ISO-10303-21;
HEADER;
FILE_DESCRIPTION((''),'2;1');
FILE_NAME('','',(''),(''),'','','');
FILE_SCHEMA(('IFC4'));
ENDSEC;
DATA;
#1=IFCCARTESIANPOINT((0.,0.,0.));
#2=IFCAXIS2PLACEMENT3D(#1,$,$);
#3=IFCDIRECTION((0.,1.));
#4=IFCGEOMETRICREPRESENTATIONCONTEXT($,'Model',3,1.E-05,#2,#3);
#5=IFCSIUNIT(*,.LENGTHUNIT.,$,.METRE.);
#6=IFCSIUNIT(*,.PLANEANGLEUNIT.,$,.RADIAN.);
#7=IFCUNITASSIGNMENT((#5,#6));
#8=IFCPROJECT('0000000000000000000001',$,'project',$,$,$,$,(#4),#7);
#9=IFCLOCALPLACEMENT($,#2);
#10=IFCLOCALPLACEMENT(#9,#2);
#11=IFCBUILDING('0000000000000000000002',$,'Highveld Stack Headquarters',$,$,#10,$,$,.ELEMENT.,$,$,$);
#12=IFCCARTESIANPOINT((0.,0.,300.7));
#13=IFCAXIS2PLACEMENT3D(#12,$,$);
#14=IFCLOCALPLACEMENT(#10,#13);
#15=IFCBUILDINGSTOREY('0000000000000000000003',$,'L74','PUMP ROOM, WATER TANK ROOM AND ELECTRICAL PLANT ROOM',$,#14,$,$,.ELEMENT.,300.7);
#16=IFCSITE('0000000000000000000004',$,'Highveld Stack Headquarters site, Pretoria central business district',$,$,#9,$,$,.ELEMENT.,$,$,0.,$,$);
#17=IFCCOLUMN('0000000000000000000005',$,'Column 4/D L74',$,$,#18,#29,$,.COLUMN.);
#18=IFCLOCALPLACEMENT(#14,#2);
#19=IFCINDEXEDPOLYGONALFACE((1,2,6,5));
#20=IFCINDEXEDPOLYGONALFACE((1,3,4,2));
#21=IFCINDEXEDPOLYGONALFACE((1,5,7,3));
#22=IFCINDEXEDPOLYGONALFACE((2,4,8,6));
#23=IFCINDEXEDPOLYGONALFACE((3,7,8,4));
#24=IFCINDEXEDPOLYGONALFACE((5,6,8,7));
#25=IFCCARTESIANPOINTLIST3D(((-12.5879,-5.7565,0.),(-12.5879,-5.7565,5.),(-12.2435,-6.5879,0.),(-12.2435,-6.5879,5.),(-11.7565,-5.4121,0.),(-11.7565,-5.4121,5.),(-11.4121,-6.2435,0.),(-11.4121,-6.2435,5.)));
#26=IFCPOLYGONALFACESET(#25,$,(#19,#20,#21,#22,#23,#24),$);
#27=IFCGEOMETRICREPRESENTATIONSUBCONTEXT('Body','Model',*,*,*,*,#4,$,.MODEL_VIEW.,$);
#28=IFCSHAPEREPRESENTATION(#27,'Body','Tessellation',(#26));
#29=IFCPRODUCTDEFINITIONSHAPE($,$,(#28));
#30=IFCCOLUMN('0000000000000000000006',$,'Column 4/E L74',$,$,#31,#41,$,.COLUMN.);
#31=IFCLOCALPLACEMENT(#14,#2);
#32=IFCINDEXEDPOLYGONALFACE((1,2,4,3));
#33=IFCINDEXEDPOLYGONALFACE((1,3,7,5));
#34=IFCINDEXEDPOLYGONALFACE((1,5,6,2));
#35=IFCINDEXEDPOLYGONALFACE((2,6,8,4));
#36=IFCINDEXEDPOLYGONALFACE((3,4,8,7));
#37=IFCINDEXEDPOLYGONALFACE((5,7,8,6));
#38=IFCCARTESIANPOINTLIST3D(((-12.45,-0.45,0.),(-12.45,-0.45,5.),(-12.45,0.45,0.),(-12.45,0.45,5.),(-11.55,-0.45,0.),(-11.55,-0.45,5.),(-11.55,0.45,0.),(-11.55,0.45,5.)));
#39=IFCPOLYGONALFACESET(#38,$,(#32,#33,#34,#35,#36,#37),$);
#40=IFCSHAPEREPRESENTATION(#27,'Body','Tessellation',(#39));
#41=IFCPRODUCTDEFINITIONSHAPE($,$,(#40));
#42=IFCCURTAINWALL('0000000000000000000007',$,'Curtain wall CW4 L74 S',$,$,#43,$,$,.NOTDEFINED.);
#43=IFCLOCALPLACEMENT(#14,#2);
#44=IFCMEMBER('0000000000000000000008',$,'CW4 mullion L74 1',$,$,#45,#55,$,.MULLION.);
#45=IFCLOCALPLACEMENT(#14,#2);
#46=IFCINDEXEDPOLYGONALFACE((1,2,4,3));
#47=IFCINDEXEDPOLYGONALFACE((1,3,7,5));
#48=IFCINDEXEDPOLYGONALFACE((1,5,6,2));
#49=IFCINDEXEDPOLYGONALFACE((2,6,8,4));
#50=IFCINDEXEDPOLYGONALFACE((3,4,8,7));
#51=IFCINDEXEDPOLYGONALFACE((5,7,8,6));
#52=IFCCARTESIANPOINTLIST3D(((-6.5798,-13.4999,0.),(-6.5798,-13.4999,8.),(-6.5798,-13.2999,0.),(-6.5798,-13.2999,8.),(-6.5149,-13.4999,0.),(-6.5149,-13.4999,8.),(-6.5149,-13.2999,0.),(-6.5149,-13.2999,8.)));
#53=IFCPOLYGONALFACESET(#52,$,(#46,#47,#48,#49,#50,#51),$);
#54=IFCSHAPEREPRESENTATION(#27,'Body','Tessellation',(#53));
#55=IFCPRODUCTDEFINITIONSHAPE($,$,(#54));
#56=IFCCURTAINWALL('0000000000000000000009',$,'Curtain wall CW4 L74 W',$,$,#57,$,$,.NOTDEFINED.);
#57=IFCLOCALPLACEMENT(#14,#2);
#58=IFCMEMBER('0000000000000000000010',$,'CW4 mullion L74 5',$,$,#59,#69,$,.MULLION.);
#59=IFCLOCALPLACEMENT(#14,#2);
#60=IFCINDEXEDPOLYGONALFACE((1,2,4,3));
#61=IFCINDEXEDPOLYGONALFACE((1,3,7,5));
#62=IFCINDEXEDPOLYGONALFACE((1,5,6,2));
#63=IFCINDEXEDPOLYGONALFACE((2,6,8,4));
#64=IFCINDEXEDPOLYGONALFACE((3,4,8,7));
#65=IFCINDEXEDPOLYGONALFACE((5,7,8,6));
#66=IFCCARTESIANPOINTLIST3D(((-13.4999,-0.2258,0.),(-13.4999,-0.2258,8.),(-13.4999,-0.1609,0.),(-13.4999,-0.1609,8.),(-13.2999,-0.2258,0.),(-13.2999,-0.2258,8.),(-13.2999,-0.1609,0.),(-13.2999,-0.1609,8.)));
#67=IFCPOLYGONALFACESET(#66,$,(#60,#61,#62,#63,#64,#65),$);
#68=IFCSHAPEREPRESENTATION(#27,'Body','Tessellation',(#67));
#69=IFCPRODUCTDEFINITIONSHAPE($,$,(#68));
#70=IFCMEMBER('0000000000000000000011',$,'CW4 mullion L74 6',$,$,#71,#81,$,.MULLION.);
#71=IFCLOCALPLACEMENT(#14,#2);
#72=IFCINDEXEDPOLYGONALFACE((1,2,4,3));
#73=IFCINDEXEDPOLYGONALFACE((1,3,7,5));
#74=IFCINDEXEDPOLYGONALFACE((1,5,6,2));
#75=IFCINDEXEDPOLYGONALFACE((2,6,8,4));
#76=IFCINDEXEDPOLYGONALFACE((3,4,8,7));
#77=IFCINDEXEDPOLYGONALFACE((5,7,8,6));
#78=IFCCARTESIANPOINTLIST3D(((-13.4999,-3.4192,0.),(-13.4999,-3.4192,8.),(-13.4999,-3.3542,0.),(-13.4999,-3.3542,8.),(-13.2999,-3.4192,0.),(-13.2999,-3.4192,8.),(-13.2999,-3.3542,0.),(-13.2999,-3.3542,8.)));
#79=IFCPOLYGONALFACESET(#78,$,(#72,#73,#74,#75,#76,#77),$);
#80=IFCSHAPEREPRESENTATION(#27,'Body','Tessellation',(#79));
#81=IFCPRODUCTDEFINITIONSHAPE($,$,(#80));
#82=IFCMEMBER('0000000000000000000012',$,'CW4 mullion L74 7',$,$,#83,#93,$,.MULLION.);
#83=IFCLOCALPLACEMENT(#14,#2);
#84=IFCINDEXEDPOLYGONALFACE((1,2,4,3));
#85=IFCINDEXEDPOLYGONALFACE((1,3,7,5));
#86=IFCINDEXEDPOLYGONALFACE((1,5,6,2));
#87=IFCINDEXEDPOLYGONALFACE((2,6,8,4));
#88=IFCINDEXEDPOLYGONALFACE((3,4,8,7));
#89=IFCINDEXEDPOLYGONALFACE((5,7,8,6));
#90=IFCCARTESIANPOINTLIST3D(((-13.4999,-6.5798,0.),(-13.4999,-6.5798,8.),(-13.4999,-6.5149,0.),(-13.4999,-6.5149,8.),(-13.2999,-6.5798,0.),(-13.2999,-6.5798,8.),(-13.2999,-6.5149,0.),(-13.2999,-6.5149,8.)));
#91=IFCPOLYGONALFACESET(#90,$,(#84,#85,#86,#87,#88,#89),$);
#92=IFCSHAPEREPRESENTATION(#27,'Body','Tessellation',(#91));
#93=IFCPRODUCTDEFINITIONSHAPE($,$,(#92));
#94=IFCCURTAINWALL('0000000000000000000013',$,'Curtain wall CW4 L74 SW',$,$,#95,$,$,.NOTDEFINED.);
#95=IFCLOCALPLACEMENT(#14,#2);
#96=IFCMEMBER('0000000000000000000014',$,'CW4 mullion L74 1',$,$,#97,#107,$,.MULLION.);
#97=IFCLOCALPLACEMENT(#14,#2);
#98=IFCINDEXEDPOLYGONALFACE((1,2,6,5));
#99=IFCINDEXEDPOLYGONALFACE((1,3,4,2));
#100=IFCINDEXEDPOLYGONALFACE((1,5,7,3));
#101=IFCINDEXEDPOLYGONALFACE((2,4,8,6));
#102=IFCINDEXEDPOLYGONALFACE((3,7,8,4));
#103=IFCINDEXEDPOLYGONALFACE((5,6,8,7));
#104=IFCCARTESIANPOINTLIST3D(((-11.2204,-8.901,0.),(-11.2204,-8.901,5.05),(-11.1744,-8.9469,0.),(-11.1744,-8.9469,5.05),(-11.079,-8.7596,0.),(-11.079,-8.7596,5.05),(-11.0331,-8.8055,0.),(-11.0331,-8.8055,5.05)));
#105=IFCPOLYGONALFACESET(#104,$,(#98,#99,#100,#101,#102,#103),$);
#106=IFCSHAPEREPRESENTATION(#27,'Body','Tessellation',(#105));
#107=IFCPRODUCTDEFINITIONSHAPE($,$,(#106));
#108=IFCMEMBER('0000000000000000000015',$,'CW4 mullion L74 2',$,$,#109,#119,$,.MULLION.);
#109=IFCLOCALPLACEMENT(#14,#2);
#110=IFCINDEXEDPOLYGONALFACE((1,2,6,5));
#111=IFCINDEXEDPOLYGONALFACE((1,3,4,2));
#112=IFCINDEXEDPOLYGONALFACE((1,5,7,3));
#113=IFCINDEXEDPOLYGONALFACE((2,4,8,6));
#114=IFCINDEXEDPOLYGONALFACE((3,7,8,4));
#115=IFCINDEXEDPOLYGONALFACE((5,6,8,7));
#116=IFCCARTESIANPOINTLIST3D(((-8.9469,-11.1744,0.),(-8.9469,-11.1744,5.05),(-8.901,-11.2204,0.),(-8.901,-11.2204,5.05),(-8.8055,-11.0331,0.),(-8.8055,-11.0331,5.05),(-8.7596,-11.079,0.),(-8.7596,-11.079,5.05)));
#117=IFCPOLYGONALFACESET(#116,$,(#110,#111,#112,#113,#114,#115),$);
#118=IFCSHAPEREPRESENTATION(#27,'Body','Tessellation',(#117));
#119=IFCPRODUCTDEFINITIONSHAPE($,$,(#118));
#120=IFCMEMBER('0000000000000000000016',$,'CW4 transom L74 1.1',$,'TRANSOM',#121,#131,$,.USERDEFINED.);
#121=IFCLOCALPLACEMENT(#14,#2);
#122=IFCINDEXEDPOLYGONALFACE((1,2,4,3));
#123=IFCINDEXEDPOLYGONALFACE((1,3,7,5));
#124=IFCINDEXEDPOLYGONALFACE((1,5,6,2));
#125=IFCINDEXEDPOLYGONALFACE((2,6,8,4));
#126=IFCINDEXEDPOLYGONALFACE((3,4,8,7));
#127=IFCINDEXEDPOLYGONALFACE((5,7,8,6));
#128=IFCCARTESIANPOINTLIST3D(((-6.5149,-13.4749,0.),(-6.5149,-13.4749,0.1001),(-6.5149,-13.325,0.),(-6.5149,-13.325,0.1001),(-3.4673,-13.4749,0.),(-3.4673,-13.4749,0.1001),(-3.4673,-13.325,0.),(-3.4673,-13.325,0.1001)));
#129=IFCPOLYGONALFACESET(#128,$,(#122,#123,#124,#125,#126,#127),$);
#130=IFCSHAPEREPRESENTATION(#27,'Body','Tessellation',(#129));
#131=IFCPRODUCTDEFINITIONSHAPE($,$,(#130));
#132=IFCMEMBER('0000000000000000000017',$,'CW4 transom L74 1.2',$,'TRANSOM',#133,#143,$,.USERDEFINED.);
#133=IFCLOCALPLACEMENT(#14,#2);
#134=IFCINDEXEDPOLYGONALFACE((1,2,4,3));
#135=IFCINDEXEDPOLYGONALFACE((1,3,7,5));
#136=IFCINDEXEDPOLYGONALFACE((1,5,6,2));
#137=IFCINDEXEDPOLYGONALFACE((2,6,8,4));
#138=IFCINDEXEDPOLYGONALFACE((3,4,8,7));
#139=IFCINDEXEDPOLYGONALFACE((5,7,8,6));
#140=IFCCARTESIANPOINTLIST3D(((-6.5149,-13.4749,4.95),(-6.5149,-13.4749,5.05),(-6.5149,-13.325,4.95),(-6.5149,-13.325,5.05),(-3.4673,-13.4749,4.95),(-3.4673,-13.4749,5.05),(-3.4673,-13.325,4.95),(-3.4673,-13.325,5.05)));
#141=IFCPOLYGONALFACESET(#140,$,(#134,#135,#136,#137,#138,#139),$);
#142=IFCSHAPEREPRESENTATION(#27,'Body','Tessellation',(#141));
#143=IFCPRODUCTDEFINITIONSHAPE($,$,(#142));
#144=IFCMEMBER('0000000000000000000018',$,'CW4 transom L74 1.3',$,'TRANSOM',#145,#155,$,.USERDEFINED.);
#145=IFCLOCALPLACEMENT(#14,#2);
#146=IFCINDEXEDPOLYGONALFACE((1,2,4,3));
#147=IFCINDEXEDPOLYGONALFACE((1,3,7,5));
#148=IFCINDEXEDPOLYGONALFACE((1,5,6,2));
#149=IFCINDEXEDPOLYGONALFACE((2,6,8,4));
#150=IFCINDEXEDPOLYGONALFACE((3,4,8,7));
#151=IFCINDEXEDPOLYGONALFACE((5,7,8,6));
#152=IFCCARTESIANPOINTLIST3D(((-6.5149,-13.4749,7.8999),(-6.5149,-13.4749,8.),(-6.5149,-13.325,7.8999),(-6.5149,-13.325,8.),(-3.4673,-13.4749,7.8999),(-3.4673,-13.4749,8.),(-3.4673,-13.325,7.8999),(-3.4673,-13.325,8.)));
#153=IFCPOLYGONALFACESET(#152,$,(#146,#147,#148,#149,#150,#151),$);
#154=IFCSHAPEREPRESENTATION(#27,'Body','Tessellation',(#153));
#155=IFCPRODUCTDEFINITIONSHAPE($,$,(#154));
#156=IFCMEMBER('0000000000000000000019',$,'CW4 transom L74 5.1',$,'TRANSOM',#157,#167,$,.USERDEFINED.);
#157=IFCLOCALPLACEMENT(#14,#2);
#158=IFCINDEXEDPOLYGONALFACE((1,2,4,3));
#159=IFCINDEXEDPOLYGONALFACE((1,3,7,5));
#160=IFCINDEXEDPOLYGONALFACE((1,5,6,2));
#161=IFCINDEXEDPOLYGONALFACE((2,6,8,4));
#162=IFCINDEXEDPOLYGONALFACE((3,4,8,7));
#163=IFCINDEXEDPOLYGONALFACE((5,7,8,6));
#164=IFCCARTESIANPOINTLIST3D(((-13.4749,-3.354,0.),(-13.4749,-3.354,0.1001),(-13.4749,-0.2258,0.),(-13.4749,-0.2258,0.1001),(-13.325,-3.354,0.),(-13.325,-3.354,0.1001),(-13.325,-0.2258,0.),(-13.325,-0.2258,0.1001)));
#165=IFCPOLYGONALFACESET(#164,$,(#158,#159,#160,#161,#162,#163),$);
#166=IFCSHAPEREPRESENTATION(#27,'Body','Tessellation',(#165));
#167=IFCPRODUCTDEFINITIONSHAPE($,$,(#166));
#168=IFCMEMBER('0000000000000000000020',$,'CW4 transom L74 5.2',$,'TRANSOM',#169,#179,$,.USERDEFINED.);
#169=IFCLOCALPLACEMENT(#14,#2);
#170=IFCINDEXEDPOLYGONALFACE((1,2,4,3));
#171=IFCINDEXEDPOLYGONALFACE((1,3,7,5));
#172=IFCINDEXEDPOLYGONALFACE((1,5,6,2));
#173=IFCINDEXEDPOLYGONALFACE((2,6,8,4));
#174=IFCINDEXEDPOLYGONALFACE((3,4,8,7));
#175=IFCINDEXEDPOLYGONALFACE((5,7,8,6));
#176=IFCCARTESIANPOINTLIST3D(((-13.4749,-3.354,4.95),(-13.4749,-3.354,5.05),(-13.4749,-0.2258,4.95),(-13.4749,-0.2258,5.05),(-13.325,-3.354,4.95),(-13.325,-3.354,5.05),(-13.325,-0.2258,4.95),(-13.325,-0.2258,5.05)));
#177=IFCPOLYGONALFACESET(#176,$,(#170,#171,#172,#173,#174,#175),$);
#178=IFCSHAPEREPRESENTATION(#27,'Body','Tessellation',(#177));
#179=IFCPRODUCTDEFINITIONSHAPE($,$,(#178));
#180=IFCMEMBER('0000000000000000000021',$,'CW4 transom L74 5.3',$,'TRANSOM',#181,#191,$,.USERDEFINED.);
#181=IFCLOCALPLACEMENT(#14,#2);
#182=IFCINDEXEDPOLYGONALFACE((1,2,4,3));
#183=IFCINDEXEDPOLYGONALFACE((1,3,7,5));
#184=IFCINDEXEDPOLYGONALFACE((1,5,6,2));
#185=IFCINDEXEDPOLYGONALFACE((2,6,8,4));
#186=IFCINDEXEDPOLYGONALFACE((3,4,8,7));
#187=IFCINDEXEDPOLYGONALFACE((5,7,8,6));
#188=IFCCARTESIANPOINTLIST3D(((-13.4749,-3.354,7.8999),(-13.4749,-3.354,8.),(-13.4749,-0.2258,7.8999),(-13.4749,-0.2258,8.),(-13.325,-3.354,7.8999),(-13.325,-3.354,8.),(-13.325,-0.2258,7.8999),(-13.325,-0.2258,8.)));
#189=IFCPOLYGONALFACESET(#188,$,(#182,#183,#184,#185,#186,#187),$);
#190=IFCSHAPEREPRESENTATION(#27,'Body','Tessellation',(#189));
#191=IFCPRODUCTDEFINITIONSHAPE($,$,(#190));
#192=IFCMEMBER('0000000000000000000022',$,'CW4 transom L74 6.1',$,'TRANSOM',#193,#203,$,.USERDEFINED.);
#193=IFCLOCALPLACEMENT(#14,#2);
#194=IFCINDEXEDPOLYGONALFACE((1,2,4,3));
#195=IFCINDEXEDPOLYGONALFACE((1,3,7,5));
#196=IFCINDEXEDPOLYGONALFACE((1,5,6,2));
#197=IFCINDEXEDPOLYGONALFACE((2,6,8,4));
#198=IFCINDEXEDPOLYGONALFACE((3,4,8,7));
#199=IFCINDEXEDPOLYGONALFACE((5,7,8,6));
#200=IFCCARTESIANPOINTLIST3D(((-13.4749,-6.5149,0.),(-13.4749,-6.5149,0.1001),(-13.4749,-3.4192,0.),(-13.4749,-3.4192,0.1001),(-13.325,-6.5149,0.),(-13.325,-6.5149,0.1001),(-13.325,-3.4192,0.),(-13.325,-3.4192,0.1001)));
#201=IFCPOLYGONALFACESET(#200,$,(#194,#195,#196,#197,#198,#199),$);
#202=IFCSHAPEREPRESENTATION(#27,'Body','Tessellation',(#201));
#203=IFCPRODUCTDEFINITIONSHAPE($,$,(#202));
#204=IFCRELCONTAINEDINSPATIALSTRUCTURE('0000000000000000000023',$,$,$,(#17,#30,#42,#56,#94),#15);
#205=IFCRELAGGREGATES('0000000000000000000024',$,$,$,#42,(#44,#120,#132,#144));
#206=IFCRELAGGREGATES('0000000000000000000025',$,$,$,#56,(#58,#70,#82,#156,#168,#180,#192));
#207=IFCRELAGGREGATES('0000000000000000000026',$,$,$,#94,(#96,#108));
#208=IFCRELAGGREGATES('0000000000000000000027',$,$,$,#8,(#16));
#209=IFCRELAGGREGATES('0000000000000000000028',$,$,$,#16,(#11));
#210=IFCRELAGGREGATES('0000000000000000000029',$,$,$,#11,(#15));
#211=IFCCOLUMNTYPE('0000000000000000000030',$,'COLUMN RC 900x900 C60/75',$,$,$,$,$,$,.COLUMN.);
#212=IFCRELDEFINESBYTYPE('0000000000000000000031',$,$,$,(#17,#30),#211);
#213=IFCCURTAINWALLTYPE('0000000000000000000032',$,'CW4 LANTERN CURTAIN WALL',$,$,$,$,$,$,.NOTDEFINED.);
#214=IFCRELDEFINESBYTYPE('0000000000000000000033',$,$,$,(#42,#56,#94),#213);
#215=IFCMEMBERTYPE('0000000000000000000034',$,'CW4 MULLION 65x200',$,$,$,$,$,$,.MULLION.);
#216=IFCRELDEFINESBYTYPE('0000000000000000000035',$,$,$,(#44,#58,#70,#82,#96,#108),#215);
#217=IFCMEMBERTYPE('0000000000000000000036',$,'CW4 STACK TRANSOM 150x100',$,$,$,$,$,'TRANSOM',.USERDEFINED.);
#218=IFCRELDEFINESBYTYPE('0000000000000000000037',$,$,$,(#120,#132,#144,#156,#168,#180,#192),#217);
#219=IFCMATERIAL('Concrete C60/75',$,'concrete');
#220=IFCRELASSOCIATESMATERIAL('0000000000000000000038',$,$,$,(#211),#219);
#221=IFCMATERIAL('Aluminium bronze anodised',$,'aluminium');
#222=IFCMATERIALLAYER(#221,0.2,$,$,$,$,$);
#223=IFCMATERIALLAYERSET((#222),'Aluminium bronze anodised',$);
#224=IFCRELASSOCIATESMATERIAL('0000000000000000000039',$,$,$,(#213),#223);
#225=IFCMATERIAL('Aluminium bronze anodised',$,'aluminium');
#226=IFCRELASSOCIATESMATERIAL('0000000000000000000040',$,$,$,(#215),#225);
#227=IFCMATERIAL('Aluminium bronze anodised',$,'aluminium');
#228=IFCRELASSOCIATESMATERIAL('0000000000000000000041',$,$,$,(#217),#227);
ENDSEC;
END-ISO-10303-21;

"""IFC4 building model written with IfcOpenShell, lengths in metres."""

from ifc_helpers import new_model, si_unit, direction, frame, origin, origin_2d, place, context, subcontext, project, spatial, rectangle, extrude, material, layer, layer_set, material_profile, profile_set, type_object, element, aggregate, save


model = new_model("IFC4")

# Units and contexts
model_context = context("Model", 3, precision=1e-05, world=origin(), true_north=direction((0.0, 1.0)))
body_context = subcontext(model_context, "Body", "Model", "MODEL_VIEW")
ifc_project = project(units=[si_unit("LENGTHUNIT", "METRE"), si_unit("PLANEANGLEUNIT", "RADIAN")], contexts=[model_context])

# Site, building, storey
site_placement = place(None, origin())
site = spatial("IfcSite", under=ifc_project, at=site_placement, Name="Highveld Stack Headquarters site, Pretoria central business district", CompositionType="ELEMENT", RefElevation=0.0)
building_placement = place(site_placement, origin())
building = spatial("IfcBuilding", under=site, at=building_placement, Name="Highveld Stack Headquarters", CompositionType="ELEMENT")
storey_placement = place(building_placement, frame((0.0, 0.0, 300.7)))
storey = spatial("IfcBuildingStorey", under=building, at=storey_placement, Name="L74", Description="PUMP ROOM, WATER TANK ROOM AND ELECTRICAL PLANT ROOM", CompositionType="ELEMENT", Elevation=300.7)

# Columns
ifc_material_1 = material(Name="Concrete C60/75", Category="concrete")
ifc_material_profile_1 = material_profile(ifc_material_1, rectangle(XDim=0.8999, YDim=0.8999, at=origin_2d()), Name="RC 900x900")
ifc_profile_set_1 = profile_set([ifc_material_profile_1], Name="Concrete C60/75")
column_type = type_object("IfcColumnType", Name="COLUMN RC 900x900 C60/75", PredefinedType="COLUMN", material=ifc_profile_set_1)
for number, where, z_axis, x_axis, name in (
    (1, (-12.0, -6.0, 0.0), (0.0, 0.0, 1.0), (-0.382683, 0.92388, 0.0), "Column 4/D L74"),
    (2, (-12.0, 0.0, 0.0), (0.0, 0.0, 1.0), (0.0, 1.0, 0.0), "Column 4/E L74"),
):
    element("IfcColumn", number, at=place(storey_placement, frame(where, z_axis=z_axis, x_axis=x_axis)), inside=storey, type_object=column_type, Name=name, PredefinedType="COLUMN", context=body_context, shape_type="SweptSolid", body=[
        extrude(rectangle(XDim=0.8999, YDim=0.8999, at=origin_2d()), origin(), (0.0, 0.0, 1.0), 5.0),
    ])

# Curtain wall, member
ifc_material_2 = material(Name="Aluminium bronze anodised", Category="aluminium")
ifc_layer_1 = layer(ifc_material_2, 0.2)
ifc_layer_set_1 = layer_set([ifc_layer_1], Name="Aluminium bronze anodised")
curtain_wall_type = type_object("IfcCurtainWallType", Name="CW4 LANTERN CURTAIN WALL", PredefinedType="NOTDEFINED", material=ifc_layer_set_1)
curtain_wall_1_placement = place(storey_placement, origin())
curtain_wall_1 = element("IfcCurtainWall", 3, at=curtain_wall_1_placement, inside=storey, type_object=curtain_wall_type, Name="Curtain wall CW4 L74 S", PredefinedType="NOTDEFINED")
ifc_material_3 = material(Name="Aluminium bronze anodised", Category="aluminium")
ifc_material_profile_2 = material_profile(ifc_material_3, rectangle(XDim=0.2, YDim=0.0649, at=origin_2d()), Name="CW4 MULLION 65x200")
ifc_profile_set_2 = profile_set([ifc_material_profile_2], Name="Aluminium bronze anodised")
member_type_1 = type_object("IfcMemberType", Name="CW4 MULLION 65x200", PredefinedType="MULLION", material=ifc_profile_set_2)
member_1_placement = place(storey_placement, frame((-6.5474, -13.3999, 0.0), z_axis=(0.0, 0.0, 1.0), x_axis=(0.0, 1.0, 0.0)))
member_1 = element("IfcMember", 4, at=member_1_placement, type_object=member_type_1, Name="CW4 mullion L74 1", PredefinedType="MULLION", context=body_context, shape_type="SweptSolid", body=[
    extrude(rectangle(XDim=0.2, YDim=0.0649, at=origin_2d()), origin(), (0.0, 0.0, 1.0), 8.0),
])

# Curtain walls, members
curtain_wall_2_placement = place(storey_placement, origin())
curtain_wall_2 = element("IfcCurtainWall", 5, at=curtain_wall_2_placement, inside=storey, type_object=curtain_wall_type, Name="Curtain wall CW4 L74 W", PredefinedType="NOTDEFINED")
member_2_placement = place(storey_placement, frame((-13.3999, -0.1934, 0.0), z_axis=(0.0, 0.0, 1.0), x_axis=(1.0, 0.0, 0.0)))
member_2 = element("IfcMember", 6, at=member_2_placement, type_object=member_type_1, Name="CW4 mullion L74 5", PredefinedType="MULLION", context=body_context, shape_type="SweptSolid", body=[
    extrude(rectangle(XDim=0.2, YDim=0.0649, at=origin_2d()), origin(), (0.0, 0.0, 1.0), 8.0),
])
member_3_placement = place(storey_placement, frame((-13.3999, -3.3867, 0.0), z_axis=(0.0, 0.0, 1.0), x_axis=(1.0, 0.0, 0.0)))
member_3 = element("IfcMember", 7, at=member_3_placement, type_object=member_type_1, Name="CW4 mullion L74 6", PredefinedType="MULLION", context=body_context, shape_type="SweptSolid", body=[
    extrude(rectangle(XDim=0.2, YDim=0.0649, at=origin_2d()), origin(), (0.0, 0.0, 1.0), 8.0),
])
member_4_placement = place(storey_placement, frame((-13.3999, -6.5474, 0.0), z_axis=(0.0, 0.0, 1.0), x_axis=(1.0, 0.0, 0.0)))
member_4 = element("IfcMember", 8, at=member_4_placement, type_object=member_type_1, Name="CW4 mullion L74 7", PredefinedType="MULLION", context=body_context, shape_type="SweptSolid", body=[
    extrude(rectangle(XDim=0.2, YDim=0.0649, at=origin_2d()), origin(), (0.0, 0.0, 1.0), 8.0),
])
curtain_wall_3_placement = place(storey_placement, origin())
curtain_wall_3 = element("IfcCurtainWall", 9, at=curtain_wall_3_placement, inside=storey, type_object=curtain_wall_type, Name="Curtain wall CW4 L74 SW", PredefinedType="NOTDEFINED")
member_5_placement = place(storey_placement, frame((-11.1267, -8.8533, 0.0), z_axis=(0.0, 0.0, 1.0), x_axis=(0.707107, 0.707107, 0.0)))
member_5 = element("IfcMember", 10, at=member_5_placement, type_object=member_type_1, Name="CW4 mullion L74 1", PredefinedType="MULLION", context=body_context, shape_type="SweptSolid", body=[
    extrude(rectangle(XDim=0.2, YDim=0.0649, at=origin_2d()), origin(), (0.0, 0.0, 1.0), 5.05),
])
member_6_placement = place(storey_placement, frame((-8.8533, -11.1267, 0.0), z_axis=(0.0, 0.0, 1.0), x_axis=(0.707107, 0.707107, 0.0)))
member_6 = element("IfcMember", 11, at=member_6_placement, type_object=member_type_1, Name="CW4 mullion L74 2", PredefinedType="MULLION", context=body_context, shape_type="SweptSolid", body=[
    extrude(rectangle(XDim=0.2, YDim=0.0649, at=origin_2d()), origin(), (0.0, 0.0, 1.0), 5.05),
])

# Members
ifc_material_4 = material(Name="Aluminium bronze anodised", Category="aluminium")
ifc_material_profile_3 = material_profile(ifc_material_4, rectangle(XDim=0.1499, YDim=0.1001, at=origin_2d()), Name="CW4 TRANSOM 150x100")
ifc_profile_set_3 = profile_set([ifc_material_profile_3], Name="Aluminium bronze anodised")
member_type_2 = type_object("IfcMemberType", Name="CW4 STACK TRANSOM 150x100", ElementType="TRANSOM", PredefinedType="USERDEFINED", material=ifc_profile_set_3)
member_7_placement = place(storey_placement, frame((-6.5149, -13.3999, 0.05), z_axis=(1.0, 0.0, 0.0), x_axis=(0.0, 1.0, 0.0)))
member_7 = element("IfcMember", 12, at=member_7_placement, type_object=member_type_2, Name="CW4 transom L74 1.1", ObjectType="TRANSOM", PredefinedType="USERDEFINED", context=body_context, shape_type="SweptSolid", body=[
    extrude(rectangle(XDim=0.1499, YDim=0.1001, at=origin_2d()), origin(), (0.0, 0.0, 1.0), 3.0476),
])
member_8_placement = place(storey_placement, frame((-6.5149, -13.3999, 5.0), z_axis=(1.0, 0.0, 0.0), x_axis=(0.0, 1.0, 0.0)))
member_8 = element("IfcMember", 13, at=member_8_placement, type_object=member_type_2, Name="CW4 transom L74 1.2", ObjectType="TRANSOM", PredefinedType="USERDEFINED", context=body_context, shape_type="SweptSolid", body=[
    extrude(rectangle(XDim=0.1499, YDim=0.1001, at=origin_2d()), origin(), (0.0, 0.0, 1.0), 3.0476),
])
member_9_placement = place(storey_placement, frame((-6.5149, -13.3999, 7.95), z_axis=(1.0, 0.0, 0.0), x_axis=(0.0, 1.0, 0.0)))
member_9 = element("IfcMember", 14, at=member_9_placement, type_object=member_type_2, Name="CW4 transom L74 1.3", ObjectType="TRANSOM", PredefinedType="USERDEFINED", context=body_context, shape_type="SweptSolid", body=[
    extrude(rectangle(XDim=0.1499, YDim=0.1001, at=origin_2d()), origin(), (0.0, 0.0, 1.0), 3.0476),
])
aggregate(curtain_wall_1, [member_1, member_7, member_8, member_9])
member_10_placement = place(storey_placement, frame((-13.3999, -0.2258, 0.05), z_axis=(0.0, -1.0, 0.0), x_axis=(1.0, 0.0, 0.0)))
member_10 = element("IfcMember", 15, at=member_10_placement, type_object=member_type_2, Name="CW4 transom L74 5.1", ObjectType="TRANSOM", PredefinedType="USERDEFINED", context=body_context, shape_type="SweptSolid", body=[
    extrude(rectangle(XDim=0.1499, YDim=0.1001, at=origin_2d()), origin(), (0.0, 0.0, 1.0), 3.1282),
])
member_11_placement = place(storey_placement, frame((-13.3999, -0.2258, 5.0), z_axis=(0.0, -1.0, 0.0), x_axis=(1.0, 0.0, 0.0)))
member_11 = element("IfcMember", 16, at=member_11_placement, type_object=member_type_2, Name="CW4 transom L74 5.2", ObjectType="TRANSOM", PredefinedType="USERDEFINED", context=body_context, shape_type="SweptSolid", body=[
    extrude(rectangle(XDim=0.1499, YDim=0.1001, at=origin_2d()), origin(), (0.0, 0.0, 1.0), 3.1282),
])
member_12_placement = place(storey_placement, frame((-13.3999, -0.2258, 7.95), z_axis=(0.0, -1.0, 0.0), x_axis=(1.0, 0.0, 0.0)))
member_12 = element("IfcMember", 17, at=member_12_placement, type_object=member_type_2, Name="CW4 transom L74 5.3", ObjectType="TRANSOM", PredefinedType="USERDEFINED", context=body_context, shape_type="SweptSolid", body=[
    extrude(rectangle(XDim=0.1499, YDim=0.1001, at=origin_2d()), origin(), (0.0, 0.0, 1.0), 3.1282),
])
member_13_placement = place(storey_placement, frame((-13.3999, -3.4192, 0.05), z_axis=(0.0, -1.0, 0.0), x_axis=(1.0, 0.0, 0.0)))
member_13 = element("IfcMember", 18, at=member_13_placement, type_object=member_type_2, Name="CW4 transom L74 6.1", ObjectType="TRANSOM", PredefinedType="USERDEFINED", context=body_context, shape_type="SweptSolid", body=[
    extrude(rectangle(XDim=0.1499, YDim=0.1001, at=origin_2d()), origin(), (0.0, 0.0, 1.0), 3.0957),
])

aggregate(curtain_wall_2, [member_2, member_3, member_4, member_10, member_11, member_12, member_13])
aggregate(curtain_wall_3, [member_5, member_6])

save(model, "model.ifc")
